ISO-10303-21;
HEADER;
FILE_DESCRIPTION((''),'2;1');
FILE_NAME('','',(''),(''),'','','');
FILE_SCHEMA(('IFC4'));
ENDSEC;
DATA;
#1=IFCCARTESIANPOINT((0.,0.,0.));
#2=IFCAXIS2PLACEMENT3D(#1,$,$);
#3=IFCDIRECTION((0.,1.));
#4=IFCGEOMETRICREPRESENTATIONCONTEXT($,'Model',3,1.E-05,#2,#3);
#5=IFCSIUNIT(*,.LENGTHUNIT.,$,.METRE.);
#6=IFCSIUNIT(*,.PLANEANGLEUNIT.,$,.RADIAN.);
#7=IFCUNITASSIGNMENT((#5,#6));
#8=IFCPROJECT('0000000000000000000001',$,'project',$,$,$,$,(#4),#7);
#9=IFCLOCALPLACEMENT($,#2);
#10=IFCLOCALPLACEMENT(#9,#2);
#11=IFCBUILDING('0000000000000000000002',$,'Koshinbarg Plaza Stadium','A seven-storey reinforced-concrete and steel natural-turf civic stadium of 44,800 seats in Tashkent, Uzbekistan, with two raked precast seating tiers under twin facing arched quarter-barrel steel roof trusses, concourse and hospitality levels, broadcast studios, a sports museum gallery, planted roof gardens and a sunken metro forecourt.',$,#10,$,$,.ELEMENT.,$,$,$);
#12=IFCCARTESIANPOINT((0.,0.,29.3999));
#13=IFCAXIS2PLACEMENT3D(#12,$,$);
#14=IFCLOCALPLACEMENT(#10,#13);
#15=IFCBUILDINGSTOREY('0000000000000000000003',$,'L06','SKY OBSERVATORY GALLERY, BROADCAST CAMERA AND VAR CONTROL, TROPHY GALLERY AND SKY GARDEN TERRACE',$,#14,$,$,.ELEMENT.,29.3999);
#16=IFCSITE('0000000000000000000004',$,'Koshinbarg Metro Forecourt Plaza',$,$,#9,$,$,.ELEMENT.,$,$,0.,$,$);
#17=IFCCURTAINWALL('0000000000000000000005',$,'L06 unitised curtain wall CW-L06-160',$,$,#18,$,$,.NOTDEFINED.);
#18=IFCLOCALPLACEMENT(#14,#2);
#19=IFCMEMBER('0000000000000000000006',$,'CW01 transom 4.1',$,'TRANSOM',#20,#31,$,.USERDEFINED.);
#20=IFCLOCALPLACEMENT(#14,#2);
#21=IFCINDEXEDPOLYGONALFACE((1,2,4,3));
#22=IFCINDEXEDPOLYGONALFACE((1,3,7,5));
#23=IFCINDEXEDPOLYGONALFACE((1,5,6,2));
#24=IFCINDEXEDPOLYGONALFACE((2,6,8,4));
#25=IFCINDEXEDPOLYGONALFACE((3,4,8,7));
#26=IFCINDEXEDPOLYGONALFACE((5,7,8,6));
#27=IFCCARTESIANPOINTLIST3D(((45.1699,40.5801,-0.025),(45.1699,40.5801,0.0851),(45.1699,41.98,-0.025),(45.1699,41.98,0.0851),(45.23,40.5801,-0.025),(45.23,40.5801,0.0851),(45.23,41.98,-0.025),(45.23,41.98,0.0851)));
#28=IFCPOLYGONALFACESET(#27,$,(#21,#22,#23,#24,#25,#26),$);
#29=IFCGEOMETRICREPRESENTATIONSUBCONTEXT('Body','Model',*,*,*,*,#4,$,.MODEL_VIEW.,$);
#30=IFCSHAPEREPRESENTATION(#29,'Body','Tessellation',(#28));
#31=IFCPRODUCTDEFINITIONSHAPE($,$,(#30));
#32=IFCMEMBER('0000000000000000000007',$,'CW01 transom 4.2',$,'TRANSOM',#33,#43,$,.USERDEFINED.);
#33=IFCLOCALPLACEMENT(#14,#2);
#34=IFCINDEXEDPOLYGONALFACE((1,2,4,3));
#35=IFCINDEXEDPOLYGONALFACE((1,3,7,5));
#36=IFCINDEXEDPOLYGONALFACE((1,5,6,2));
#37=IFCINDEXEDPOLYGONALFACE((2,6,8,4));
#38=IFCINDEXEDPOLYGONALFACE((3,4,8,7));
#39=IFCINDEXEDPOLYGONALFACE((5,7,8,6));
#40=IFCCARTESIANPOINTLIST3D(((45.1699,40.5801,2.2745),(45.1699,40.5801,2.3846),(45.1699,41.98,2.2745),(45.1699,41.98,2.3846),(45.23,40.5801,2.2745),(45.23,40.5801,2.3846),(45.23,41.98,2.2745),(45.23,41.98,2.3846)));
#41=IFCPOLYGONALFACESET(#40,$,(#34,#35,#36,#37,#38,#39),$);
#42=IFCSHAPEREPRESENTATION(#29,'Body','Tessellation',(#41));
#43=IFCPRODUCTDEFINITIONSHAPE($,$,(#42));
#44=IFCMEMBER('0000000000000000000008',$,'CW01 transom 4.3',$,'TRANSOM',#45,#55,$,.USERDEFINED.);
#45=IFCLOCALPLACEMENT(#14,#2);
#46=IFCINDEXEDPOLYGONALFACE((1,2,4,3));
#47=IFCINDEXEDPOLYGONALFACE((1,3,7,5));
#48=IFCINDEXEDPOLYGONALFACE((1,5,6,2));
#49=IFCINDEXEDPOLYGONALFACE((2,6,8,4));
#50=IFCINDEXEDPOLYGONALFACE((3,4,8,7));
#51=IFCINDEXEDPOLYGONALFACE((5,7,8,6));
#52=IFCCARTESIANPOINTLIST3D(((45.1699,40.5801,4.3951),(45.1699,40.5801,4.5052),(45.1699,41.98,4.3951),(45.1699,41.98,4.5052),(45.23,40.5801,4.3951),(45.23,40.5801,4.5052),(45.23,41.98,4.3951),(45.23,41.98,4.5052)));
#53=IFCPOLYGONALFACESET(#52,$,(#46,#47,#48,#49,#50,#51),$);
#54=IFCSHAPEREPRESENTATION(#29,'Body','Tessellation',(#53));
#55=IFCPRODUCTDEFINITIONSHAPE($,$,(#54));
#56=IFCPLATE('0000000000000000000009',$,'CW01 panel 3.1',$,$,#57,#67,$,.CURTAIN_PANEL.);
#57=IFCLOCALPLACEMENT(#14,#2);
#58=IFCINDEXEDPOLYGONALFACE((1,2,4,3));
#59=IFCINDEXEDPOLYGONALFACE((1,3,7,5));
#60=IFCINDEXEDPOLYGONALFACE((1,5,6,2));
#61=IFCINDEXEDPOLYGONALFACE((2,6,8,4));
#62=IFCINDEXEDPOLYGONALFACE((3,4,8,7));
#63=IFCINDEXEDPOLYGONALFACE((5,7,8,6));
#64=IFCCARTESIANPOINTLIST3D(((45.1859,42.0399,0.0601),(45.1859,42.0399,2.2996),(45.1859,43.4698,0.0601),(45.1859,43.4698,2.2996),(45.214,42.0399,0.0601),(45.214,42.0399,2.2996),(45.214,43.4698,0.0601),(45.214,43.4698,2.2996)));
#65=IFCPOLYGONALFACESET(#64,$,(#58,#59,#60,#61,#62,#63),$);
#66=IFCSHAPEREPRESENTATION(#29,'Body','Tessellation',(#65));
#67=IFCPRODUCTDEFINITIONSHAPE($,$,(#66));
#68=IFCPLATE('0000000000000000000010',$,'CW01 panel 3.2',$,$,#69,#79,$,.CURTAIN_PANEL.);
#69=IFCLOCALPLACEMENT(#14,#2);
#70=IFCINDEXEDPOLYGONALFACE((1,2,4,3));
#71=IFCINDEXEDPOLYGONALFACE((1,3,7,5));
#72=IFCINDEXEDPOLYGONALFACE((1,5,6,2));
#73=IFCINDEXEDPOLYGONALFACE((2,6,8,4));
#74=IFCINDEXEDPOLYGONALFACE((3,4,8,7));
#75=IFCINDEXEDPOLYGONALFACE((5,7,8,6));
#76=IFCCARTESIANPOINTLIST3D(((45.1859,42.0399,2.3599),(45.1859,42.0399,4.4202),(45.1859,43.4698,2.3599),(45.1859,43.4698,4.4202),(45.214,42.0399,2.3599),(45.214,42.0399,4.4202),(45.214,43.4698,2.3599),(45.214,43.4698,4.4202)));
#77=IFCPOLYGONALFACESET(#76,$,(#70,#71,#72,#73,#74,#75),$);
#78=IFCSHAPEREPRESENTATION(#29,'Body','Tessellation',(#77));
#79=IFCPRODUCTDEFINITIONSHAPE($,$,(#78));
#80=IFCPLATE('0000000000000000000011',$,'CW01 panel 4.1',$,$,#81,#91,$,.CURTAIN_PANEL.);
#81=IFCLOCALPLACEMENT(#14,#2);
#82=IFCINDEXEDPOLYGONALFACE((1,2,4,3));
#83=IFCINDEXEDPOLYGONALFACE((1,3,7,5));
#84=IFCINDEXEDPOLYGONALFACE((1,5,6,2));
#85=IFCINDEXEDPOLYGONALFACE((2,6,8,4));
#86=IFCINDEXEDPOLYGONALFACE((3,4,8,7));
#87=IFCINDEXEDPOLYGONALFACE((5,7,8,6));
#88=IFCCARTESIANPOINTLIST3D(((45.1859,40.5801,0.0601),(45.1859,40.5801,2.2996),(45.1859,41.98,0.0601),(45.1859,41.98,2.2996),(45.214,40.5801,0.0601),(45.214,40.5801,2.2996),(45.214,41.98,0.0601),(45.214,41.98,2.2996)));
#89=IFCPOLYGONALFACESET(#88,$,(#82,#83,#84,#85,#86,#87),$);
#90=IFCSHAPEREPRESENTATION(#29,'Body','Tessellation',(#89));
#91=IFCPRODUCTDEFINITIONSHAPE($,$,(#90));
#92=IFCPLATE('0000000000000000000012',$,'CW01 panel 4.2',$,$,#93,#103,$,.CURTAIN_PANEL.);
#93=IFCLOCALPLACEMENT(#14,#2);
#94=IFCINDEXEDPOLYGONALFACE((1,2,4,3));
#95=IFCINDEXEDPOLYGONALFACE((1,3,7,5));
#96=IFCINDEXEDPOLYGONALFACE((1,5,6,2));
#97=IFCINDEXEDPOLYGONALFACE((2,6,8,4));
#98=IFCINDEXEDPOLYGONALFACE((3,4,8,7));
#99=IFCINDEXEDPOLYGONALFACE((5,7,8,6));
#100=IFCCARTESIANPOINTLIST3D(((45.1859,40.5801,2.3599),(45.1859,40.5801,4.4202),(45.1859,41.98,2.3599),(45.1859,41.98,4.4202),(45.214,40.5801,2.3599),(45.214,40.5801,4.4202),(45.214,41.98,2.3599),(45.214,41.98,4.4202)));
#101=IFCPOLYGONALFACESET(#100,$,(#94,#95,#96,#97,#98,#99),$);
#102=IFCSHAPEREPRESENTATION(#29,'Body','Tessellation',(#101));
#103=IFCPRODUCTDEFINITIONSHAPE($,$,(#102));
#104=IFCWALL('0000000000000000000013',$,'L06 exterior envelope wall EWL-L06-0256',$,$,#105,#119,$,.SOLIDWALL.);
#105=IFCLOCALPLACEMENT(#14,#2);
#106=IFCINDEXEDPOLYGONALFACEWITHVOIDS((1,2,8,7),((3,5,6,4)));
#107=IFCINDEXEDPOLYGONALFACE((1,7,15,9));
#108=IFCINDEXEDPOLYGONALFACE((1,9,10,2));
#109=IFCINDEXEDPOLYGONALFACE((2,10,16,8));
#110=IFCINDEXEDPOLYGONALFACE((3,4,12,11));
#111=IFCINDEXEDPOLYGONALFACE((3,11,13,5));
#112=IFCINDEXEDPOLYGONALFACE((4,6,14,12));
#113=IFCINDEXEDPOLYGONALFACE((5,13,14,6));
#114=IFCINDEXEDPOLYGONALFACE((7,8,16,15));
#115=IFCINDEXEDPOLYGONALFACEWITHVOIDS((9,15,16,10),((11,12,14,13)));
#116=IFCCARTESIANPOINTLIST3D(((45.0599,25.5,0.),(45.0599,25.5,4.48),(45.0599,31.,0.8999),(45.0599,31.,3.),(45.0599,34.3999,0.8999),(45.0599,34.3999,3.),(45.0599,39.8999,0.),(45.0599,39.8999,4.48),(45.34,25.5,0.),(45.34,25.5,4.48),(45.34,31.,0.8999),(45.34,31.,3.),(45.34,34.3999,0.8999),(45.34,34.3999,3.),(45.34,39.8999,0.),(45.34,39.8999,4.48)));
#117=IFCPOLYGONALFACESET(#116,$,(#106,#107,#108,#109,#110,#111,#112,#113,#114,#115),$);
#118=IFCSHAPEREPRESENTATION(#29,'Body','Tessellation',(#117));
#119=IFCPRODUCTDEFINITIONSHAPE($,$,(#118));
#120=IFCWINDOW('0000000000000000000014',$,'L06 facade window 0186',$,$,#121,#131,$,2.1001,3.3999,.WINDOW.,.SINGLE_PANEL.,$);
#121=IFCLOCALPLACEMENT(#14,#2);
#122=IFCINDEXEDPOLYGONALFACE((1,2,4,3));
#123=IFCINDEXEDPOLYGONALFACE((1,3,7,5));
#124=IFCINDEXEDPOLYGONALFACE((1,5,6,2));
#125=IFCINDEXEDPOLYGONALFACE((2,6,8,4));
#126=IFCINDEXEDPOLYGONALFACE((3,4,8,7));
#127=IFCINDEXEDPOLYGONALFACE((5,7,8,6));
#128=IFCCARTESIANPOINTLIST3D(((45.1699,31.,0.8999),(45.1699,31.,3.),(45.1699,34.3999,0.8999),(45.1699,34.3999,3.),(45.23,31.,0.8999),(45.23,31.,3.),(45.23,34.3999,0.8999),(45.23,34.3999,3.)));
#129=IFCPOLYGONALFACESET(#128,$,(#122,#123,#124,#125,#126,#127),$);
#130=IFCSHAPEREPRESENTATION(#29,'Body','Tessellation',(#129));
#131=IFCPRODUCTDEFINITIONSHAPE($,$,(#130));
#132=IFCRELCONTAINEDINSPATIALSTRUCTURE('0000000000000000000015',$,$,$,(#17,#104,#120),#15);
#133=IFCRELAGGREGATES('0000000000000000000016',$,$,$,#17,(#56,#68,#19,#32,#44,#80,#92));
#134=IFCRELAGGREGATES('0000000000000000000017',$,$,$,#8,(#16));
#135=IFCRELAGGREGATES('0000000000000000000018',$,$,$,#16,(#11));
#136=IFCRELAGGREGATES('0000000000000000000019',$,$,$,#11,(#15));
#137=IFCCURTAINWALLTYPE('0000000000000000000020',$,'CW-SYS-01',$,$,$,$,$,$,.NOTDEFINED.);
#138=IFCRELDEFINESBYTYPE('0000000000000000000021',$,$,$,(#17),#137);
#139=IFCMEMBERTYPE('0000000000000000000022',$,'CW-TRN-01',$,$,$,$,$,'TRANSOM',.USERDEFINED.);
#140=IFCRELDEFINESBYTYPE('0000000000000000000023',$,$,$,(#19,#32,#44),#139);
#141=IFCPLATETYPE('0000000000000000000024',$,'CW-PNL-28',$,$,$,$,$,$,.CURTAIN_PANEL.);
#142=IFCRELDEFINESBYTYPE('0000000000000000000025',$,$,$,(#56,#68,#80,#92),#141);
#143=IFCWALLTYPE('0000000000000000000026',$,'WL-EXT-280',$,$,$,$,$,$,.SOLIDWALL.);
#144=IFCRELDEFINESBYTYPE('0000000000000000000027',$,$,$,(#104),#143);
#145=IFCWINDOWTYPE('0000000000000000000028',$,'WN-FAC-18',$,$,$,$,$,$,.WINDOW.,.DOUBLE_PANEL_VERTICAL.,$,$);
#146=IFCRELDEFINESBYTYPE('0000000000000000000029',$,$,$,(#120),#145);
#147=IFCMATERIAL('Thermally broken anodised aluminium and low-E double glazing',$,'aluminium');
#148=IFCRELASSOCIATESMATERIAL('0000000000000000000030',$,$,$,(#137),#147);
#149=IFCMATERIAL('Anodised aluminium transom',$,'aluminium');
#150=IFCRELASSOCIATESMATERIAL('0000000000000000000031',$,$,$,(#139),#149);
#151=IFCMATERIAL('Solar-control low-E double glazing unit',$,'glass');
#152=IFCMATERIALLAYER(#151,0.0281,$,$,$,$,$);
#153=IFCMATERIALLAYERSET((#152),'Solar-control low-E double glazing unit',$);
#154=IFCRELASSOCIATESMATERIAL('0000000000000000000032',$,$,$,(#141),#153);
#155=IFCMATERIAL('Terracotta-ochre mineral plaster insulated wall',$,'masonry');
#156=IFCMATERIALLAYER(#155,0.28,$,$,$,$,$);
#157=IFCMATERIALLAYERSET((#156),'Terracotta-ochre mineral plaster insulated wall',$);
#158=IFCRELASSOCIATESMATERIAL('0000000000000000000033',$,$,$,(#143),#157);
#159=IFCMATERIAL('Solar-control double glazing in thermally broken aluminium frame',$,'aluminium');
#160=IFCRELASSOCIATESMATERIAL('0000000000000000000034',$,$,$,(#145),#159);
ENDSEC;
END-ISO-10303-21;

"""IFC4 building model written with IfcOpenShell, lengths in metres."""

from ifc_helpers import new_model, si_unit, direction, frame, frame_2d, origin, origin_2d, place, context, subcontext, project, spatial, rectangle, extrude, material, layer, layer_set, material_profile, profile_set, type_object, element, fill, aggregate, save


model = new_model("IFC4")

# Units and contexts
model_context = context("Model", 3, precision=1e-05, world=origin(), true_north=direction((0.0, 1.0)))
body_context = subcontext(model_context, "Body", "Model", "MODEL_VIEW")
ifc_project = project(units=[si_unit("LENGTHUNIT", "METRE"), si_unit("PLANEANGLEUNIT", "RADIAN")], contexts=[model_context])

# Site, building, storey
site_placement = place(None, origin())
site = spatial("IfcSite", under=ifc_project, at=site_placement, Name="Koshinbarg Metro Forecourt Plaza", CompositionType="ELEMENT", RefElevation=0.0)
building_placement = place(site_placement, origin())
building = spatial("IfcBuilding", under=site, at=building_placement, Name="Koshinbarg Plaza Stadium", Description="A seven-storey reinforced-concrete and steel natural-turf civic stadium of 44,800 seats in Tashkent, Uzbekistan, with two raked precast seating tiers under twin facing arched quarter-barrel steel roof trusses, concourse and hospitality levels, broadcast studios, a sports museum gallery, planted roof gardens and a sunken metro forecourt.", CompositionType="ELEMENT")
storey_placement = place(building_placement, frame((0.0, 0.0, 29.3999)))
storey = spatial("IfcBuildingStorey", under=building, at=storey_placement, Name="L06", Description="SKY OBSERVATORY GALLERY, BROADCAST CAMERA AND VAR CONTROL, TROPHY GALLERY AND SKY GARDEN TERRACE", CompositionType="ELEMENT", Elevation=29.3999)

# Curtain wall, members, plates
ifc_material_1 = material(Name="Thermally broken anodised aluminium and low-E double glazing", Category="aluminium")
curtain_wall_type = type_object("IfcCurtainWallType", Name="CW-SYS-01", PredefinedType="NOTDEFINED", material=ifc_material_1)
curtain_wall_placement = place(storey_placement, origin())
curtain_wall = element("IfcCurtainWall", 1, at=curtain_wall_placement, inside=storey, type_object=curtain_wall_type, Name="L06 unitised curtain wall CW-L06-160", PredefinedType="NOTDEFINED")
ifc_material_2 = material(Name="Anodised aluminium transom", Category="aluminium")
ifc_material_profile_1 = material_profile(ifc_material_2, rectangle(XDim=0.0601, YDim=0.1101, at=origin_2d()), Name="ALU 60x110")
ifc_profile_set_1 = profile_set([ifc_material_profile_1], Name="Anodised aluminium transom")
member_type = type_object("IfcMemberType", Name="CW-TRN-01", ElementType="TRANSOM", PredefinedType="USERDEFINED", material=ifc_profile_set_1)
member_1_placement = place(storey_placement, frame((45.2, 41.98, 0.03), z_axis=(0.0, -1.0, 0.0), x_axis=(1.0, 0.0, 0.0)))
member_1 = element("IfcMember", 2, at=member_1_placement, type_object=member_type, Name="CW01 transom 4.1", ObjectType="TRANSOM", PredefinedType="USERDEFINED", context=body_context, shape_type="SweptSolid", body=[
    extrude(rectangle(XDim=0.0601, YDim=0.1101, at=origin_2d()), origin(), (0.0, 0.0, 1.0), 1.3999),
])
member_2_placement = place(storey_placement, frame((45.2, 41.98, 2.3296), z_axis=(0.0, -1.0, 0.0), x_axis=(1.0, 0.0, 0.0)))
member_2 = element("IfcMember", 3, at=member_2_placement, type_object=member_type, Name="CW01 transom 4.2", ObjectType="TRANSOM", PredefinedType="USERDEFINED", context=body_context, shape_type="SweptSolid", body=[
    extrude(rectangle(XDim=0.0601, YDim=0.1101, at=origin_2d()), origin(), (0.0, 0.0, 1.0), 1.3999),
])
member_3_placement = place(storey_placement, frame((45.2, 41.98, 4.4502), z_axis=(0.0, -1.0, 0.0), x_axis=(1.0, 0.0, 0.0)))
member_3 = element("IfcMember", 4, at=member_3_placement, type_object=member_type, Name="CW01 transom 4.3", ObjectType="TRANSOM", PredefinedType="USERDEFINED", context=body_context, shape_type="SweptSolid", body=[
    extrude(rectangle(XDim=0.0601, YDim=0.1101, at=origin_2d()), origin(), (0.0, 0.0, 1.0), 1.3999),
])
ifc_material_3 = material(Name="Solar-control low-E double glazing unit", Category="glass")
ifc_layer_1 = layer(ifc_material_3, 0.0281)
ifc_layer_set_1 = layer_set([ifc_layer_1], Name="Solar-control low-E double glazing unit")
plate_type = type_object("IfcPlateType", Name="CW-PNL-28", PredefinedType="CURTAIN_PANEL", material=ifc_layer_set_1)
plate_1_placement = place(storey_placement, frame((45.2, 42.7549, 0.0601), z_axis=(0.0, 0.0, 1.0), x_axis=(0.0, -1.0, 0.0)))
plate_1 = element("IfcPlate", 5, at=plate_1_placement, type_object=plate_type, Name="CW01 panel 3.1", PredefinedType="CURTAIN_PANEL", context=body_context, shape_type="SweptSolid", body=[
    extrude(rectangle(XDim=1.4299, YDim=0.0281, at=origin_2d()), origin(), (0.0, 0.0, 1.0), 2.2395),
])
plate_2_placement = place(storey_placement, frame((45.2, 42.7549, 2.3599), z_axis=(0.0, 0.0, 1.0), x_axis=(0.0, -1.0, 0.0)))
plate_2 = element("IfcPlate", 6, at=plate_2_placement, type_object=plate_type, Name="CW01 panel 3.2", PredefinedType="CURTAIN_PANEL", context=body_context, shape_type="SweptSolid", body=[
    extrude(rectangle(XDim=1.4299, YDim=0.0281, at=origin_2d()), origin(), (0.0, 0.0, 1.0), 2.0603),
])
plate_3_placement = place(storey_placement, frame((45.2, 41.28, 0.0601), z_axis=(0.0, 0.0, 1.0), x_axis=(0.0, -1.0, 0.0)))
plate_3 = element("IfcPlate", 7, at=plate_3_placement, type_object=plate_type, Name="CW01 panel 4.1", PredefinedType="CURTAIN_PANEL", context=body_context, shape_type="SweptSolid", body=[
    extrude(rectangle(XDim=1.3999, YDim=0.0281, at=origin_2d()), origin(), (0.0, 0.0, 1.0), 2.2395),
])
plate_4_placement = place(storey_placement, frame((45.2, 41.28, 2.3599), z_axis=(0.0, 0.0, 1.0), x_axis=(0.0, -1.0, 0.0)))
plate_4 = element("IfcPlate", 8, at=plate_4_placement, type_object=plate_type, Name="CW01 panel 4.2", PredefinedType="CURTAIN_PANEL", context=body_context, shape_type="SweptSolid", body=[
    extrude(rectangle(XDim=1.3999, YDim=0.0281, at=origin_2d()), origin(), (0.0, 0.0, 1.0), 2.0603),
])
aggregate(curtain_wall, [plate_1, plate_2, member_1, member_2, member_3, plate_3, plate_4])

# Wall, opening, window
ifc_material_4 = material(Name="Terracotta-ochre mineral plaster insulated wall", Category="masonry")
ifc_layer_2 = layer(ifc_material_4, 0.28)
ifc_layer_set_2 = layer_set([ifc_layer_2], Name="Terracotta-ochre mineral plaster insulated wall")
wall_type = type_object("IfcWallType", Name="WL-EXT-280", PredefinedType="SOLIDWALL", material=ifc_layer_set_2)
wall_placement = place(storey_placement, frame((45.2, 39.8999, 0.0), z_axis=(0.0, 0.0, 1.0), x_axis=(0.0, -1.0, 0.0)))
wall = element("IfcWall", 9, at=wall_placement, inside=storey, type_object=wall_type, Name="L06 exterior envelope wall EWL-L06-0256", PredefinedType="SOLIDWALL", context=body_context, shape_type="SweptSolid", body=[
    extrude(rectangle(XDim=14.3999, YDim=0.28, at=frame_2d((7.2, 0.0))), origin(), (0.0, 0.0, 1.0), 4.48),
])
opening_placement = place(wall_placement, frame((5.5, 0.0, 0.8999)))
opening = element("IfcOpeningElement", 10, at=opening_placement, cuts=wall, PredefinedType="OPENING", context=body_context, shape_type="SweptSolid", body=[
    extrude(rectangle(XDim=3.3999, YDim=2.1001, at=frame_2d((1.7, 1.05))), frame((0.0, 0.1499, 0.0), z_axis=(0.0, -1.0, 0.0), x_axis=(1.0, 0.0, 0.0)), (0.0, 0.0, 1.0), 0.3),
])
ifc_material_5 = material(Name="Solar-control double glazing in thermally broken aluminium frame", Category="aluminium")
window_type = type_object("IfcWindowType", Name="WN-FAC-18", PartitioningType="DOUBLE_PANEL_VERTICAL", PredefinedType="WINDOW", material=ifc_material_5)
window_placement = place(opening_placement, origin())
window = element("IfcWindow", 11, at=window_placement, inside=storey, type_object=window_type, Name="L06 facade window 0186", OverallHeight=2.1001, OverallWidth=3.3999, PartitioningType="SINGLE_PANEL", PredefinedType="WINDOW", context=body_context, shape_type="SweptSolid", body=[
    extrude(rectangle(XDim=3.3999, YDim=2.1001, at=frame_2d((1.7, 1.05))), frame((0.0, 0.03, 0.0), z_axis=(0.0, -1.0, 0.0), x_axis=(1.0, 0.0, 0.0)), (0.0, 0.0, 1.0), 0.0601),
])
fill(opening, window)

save(model, "model.ifc")
